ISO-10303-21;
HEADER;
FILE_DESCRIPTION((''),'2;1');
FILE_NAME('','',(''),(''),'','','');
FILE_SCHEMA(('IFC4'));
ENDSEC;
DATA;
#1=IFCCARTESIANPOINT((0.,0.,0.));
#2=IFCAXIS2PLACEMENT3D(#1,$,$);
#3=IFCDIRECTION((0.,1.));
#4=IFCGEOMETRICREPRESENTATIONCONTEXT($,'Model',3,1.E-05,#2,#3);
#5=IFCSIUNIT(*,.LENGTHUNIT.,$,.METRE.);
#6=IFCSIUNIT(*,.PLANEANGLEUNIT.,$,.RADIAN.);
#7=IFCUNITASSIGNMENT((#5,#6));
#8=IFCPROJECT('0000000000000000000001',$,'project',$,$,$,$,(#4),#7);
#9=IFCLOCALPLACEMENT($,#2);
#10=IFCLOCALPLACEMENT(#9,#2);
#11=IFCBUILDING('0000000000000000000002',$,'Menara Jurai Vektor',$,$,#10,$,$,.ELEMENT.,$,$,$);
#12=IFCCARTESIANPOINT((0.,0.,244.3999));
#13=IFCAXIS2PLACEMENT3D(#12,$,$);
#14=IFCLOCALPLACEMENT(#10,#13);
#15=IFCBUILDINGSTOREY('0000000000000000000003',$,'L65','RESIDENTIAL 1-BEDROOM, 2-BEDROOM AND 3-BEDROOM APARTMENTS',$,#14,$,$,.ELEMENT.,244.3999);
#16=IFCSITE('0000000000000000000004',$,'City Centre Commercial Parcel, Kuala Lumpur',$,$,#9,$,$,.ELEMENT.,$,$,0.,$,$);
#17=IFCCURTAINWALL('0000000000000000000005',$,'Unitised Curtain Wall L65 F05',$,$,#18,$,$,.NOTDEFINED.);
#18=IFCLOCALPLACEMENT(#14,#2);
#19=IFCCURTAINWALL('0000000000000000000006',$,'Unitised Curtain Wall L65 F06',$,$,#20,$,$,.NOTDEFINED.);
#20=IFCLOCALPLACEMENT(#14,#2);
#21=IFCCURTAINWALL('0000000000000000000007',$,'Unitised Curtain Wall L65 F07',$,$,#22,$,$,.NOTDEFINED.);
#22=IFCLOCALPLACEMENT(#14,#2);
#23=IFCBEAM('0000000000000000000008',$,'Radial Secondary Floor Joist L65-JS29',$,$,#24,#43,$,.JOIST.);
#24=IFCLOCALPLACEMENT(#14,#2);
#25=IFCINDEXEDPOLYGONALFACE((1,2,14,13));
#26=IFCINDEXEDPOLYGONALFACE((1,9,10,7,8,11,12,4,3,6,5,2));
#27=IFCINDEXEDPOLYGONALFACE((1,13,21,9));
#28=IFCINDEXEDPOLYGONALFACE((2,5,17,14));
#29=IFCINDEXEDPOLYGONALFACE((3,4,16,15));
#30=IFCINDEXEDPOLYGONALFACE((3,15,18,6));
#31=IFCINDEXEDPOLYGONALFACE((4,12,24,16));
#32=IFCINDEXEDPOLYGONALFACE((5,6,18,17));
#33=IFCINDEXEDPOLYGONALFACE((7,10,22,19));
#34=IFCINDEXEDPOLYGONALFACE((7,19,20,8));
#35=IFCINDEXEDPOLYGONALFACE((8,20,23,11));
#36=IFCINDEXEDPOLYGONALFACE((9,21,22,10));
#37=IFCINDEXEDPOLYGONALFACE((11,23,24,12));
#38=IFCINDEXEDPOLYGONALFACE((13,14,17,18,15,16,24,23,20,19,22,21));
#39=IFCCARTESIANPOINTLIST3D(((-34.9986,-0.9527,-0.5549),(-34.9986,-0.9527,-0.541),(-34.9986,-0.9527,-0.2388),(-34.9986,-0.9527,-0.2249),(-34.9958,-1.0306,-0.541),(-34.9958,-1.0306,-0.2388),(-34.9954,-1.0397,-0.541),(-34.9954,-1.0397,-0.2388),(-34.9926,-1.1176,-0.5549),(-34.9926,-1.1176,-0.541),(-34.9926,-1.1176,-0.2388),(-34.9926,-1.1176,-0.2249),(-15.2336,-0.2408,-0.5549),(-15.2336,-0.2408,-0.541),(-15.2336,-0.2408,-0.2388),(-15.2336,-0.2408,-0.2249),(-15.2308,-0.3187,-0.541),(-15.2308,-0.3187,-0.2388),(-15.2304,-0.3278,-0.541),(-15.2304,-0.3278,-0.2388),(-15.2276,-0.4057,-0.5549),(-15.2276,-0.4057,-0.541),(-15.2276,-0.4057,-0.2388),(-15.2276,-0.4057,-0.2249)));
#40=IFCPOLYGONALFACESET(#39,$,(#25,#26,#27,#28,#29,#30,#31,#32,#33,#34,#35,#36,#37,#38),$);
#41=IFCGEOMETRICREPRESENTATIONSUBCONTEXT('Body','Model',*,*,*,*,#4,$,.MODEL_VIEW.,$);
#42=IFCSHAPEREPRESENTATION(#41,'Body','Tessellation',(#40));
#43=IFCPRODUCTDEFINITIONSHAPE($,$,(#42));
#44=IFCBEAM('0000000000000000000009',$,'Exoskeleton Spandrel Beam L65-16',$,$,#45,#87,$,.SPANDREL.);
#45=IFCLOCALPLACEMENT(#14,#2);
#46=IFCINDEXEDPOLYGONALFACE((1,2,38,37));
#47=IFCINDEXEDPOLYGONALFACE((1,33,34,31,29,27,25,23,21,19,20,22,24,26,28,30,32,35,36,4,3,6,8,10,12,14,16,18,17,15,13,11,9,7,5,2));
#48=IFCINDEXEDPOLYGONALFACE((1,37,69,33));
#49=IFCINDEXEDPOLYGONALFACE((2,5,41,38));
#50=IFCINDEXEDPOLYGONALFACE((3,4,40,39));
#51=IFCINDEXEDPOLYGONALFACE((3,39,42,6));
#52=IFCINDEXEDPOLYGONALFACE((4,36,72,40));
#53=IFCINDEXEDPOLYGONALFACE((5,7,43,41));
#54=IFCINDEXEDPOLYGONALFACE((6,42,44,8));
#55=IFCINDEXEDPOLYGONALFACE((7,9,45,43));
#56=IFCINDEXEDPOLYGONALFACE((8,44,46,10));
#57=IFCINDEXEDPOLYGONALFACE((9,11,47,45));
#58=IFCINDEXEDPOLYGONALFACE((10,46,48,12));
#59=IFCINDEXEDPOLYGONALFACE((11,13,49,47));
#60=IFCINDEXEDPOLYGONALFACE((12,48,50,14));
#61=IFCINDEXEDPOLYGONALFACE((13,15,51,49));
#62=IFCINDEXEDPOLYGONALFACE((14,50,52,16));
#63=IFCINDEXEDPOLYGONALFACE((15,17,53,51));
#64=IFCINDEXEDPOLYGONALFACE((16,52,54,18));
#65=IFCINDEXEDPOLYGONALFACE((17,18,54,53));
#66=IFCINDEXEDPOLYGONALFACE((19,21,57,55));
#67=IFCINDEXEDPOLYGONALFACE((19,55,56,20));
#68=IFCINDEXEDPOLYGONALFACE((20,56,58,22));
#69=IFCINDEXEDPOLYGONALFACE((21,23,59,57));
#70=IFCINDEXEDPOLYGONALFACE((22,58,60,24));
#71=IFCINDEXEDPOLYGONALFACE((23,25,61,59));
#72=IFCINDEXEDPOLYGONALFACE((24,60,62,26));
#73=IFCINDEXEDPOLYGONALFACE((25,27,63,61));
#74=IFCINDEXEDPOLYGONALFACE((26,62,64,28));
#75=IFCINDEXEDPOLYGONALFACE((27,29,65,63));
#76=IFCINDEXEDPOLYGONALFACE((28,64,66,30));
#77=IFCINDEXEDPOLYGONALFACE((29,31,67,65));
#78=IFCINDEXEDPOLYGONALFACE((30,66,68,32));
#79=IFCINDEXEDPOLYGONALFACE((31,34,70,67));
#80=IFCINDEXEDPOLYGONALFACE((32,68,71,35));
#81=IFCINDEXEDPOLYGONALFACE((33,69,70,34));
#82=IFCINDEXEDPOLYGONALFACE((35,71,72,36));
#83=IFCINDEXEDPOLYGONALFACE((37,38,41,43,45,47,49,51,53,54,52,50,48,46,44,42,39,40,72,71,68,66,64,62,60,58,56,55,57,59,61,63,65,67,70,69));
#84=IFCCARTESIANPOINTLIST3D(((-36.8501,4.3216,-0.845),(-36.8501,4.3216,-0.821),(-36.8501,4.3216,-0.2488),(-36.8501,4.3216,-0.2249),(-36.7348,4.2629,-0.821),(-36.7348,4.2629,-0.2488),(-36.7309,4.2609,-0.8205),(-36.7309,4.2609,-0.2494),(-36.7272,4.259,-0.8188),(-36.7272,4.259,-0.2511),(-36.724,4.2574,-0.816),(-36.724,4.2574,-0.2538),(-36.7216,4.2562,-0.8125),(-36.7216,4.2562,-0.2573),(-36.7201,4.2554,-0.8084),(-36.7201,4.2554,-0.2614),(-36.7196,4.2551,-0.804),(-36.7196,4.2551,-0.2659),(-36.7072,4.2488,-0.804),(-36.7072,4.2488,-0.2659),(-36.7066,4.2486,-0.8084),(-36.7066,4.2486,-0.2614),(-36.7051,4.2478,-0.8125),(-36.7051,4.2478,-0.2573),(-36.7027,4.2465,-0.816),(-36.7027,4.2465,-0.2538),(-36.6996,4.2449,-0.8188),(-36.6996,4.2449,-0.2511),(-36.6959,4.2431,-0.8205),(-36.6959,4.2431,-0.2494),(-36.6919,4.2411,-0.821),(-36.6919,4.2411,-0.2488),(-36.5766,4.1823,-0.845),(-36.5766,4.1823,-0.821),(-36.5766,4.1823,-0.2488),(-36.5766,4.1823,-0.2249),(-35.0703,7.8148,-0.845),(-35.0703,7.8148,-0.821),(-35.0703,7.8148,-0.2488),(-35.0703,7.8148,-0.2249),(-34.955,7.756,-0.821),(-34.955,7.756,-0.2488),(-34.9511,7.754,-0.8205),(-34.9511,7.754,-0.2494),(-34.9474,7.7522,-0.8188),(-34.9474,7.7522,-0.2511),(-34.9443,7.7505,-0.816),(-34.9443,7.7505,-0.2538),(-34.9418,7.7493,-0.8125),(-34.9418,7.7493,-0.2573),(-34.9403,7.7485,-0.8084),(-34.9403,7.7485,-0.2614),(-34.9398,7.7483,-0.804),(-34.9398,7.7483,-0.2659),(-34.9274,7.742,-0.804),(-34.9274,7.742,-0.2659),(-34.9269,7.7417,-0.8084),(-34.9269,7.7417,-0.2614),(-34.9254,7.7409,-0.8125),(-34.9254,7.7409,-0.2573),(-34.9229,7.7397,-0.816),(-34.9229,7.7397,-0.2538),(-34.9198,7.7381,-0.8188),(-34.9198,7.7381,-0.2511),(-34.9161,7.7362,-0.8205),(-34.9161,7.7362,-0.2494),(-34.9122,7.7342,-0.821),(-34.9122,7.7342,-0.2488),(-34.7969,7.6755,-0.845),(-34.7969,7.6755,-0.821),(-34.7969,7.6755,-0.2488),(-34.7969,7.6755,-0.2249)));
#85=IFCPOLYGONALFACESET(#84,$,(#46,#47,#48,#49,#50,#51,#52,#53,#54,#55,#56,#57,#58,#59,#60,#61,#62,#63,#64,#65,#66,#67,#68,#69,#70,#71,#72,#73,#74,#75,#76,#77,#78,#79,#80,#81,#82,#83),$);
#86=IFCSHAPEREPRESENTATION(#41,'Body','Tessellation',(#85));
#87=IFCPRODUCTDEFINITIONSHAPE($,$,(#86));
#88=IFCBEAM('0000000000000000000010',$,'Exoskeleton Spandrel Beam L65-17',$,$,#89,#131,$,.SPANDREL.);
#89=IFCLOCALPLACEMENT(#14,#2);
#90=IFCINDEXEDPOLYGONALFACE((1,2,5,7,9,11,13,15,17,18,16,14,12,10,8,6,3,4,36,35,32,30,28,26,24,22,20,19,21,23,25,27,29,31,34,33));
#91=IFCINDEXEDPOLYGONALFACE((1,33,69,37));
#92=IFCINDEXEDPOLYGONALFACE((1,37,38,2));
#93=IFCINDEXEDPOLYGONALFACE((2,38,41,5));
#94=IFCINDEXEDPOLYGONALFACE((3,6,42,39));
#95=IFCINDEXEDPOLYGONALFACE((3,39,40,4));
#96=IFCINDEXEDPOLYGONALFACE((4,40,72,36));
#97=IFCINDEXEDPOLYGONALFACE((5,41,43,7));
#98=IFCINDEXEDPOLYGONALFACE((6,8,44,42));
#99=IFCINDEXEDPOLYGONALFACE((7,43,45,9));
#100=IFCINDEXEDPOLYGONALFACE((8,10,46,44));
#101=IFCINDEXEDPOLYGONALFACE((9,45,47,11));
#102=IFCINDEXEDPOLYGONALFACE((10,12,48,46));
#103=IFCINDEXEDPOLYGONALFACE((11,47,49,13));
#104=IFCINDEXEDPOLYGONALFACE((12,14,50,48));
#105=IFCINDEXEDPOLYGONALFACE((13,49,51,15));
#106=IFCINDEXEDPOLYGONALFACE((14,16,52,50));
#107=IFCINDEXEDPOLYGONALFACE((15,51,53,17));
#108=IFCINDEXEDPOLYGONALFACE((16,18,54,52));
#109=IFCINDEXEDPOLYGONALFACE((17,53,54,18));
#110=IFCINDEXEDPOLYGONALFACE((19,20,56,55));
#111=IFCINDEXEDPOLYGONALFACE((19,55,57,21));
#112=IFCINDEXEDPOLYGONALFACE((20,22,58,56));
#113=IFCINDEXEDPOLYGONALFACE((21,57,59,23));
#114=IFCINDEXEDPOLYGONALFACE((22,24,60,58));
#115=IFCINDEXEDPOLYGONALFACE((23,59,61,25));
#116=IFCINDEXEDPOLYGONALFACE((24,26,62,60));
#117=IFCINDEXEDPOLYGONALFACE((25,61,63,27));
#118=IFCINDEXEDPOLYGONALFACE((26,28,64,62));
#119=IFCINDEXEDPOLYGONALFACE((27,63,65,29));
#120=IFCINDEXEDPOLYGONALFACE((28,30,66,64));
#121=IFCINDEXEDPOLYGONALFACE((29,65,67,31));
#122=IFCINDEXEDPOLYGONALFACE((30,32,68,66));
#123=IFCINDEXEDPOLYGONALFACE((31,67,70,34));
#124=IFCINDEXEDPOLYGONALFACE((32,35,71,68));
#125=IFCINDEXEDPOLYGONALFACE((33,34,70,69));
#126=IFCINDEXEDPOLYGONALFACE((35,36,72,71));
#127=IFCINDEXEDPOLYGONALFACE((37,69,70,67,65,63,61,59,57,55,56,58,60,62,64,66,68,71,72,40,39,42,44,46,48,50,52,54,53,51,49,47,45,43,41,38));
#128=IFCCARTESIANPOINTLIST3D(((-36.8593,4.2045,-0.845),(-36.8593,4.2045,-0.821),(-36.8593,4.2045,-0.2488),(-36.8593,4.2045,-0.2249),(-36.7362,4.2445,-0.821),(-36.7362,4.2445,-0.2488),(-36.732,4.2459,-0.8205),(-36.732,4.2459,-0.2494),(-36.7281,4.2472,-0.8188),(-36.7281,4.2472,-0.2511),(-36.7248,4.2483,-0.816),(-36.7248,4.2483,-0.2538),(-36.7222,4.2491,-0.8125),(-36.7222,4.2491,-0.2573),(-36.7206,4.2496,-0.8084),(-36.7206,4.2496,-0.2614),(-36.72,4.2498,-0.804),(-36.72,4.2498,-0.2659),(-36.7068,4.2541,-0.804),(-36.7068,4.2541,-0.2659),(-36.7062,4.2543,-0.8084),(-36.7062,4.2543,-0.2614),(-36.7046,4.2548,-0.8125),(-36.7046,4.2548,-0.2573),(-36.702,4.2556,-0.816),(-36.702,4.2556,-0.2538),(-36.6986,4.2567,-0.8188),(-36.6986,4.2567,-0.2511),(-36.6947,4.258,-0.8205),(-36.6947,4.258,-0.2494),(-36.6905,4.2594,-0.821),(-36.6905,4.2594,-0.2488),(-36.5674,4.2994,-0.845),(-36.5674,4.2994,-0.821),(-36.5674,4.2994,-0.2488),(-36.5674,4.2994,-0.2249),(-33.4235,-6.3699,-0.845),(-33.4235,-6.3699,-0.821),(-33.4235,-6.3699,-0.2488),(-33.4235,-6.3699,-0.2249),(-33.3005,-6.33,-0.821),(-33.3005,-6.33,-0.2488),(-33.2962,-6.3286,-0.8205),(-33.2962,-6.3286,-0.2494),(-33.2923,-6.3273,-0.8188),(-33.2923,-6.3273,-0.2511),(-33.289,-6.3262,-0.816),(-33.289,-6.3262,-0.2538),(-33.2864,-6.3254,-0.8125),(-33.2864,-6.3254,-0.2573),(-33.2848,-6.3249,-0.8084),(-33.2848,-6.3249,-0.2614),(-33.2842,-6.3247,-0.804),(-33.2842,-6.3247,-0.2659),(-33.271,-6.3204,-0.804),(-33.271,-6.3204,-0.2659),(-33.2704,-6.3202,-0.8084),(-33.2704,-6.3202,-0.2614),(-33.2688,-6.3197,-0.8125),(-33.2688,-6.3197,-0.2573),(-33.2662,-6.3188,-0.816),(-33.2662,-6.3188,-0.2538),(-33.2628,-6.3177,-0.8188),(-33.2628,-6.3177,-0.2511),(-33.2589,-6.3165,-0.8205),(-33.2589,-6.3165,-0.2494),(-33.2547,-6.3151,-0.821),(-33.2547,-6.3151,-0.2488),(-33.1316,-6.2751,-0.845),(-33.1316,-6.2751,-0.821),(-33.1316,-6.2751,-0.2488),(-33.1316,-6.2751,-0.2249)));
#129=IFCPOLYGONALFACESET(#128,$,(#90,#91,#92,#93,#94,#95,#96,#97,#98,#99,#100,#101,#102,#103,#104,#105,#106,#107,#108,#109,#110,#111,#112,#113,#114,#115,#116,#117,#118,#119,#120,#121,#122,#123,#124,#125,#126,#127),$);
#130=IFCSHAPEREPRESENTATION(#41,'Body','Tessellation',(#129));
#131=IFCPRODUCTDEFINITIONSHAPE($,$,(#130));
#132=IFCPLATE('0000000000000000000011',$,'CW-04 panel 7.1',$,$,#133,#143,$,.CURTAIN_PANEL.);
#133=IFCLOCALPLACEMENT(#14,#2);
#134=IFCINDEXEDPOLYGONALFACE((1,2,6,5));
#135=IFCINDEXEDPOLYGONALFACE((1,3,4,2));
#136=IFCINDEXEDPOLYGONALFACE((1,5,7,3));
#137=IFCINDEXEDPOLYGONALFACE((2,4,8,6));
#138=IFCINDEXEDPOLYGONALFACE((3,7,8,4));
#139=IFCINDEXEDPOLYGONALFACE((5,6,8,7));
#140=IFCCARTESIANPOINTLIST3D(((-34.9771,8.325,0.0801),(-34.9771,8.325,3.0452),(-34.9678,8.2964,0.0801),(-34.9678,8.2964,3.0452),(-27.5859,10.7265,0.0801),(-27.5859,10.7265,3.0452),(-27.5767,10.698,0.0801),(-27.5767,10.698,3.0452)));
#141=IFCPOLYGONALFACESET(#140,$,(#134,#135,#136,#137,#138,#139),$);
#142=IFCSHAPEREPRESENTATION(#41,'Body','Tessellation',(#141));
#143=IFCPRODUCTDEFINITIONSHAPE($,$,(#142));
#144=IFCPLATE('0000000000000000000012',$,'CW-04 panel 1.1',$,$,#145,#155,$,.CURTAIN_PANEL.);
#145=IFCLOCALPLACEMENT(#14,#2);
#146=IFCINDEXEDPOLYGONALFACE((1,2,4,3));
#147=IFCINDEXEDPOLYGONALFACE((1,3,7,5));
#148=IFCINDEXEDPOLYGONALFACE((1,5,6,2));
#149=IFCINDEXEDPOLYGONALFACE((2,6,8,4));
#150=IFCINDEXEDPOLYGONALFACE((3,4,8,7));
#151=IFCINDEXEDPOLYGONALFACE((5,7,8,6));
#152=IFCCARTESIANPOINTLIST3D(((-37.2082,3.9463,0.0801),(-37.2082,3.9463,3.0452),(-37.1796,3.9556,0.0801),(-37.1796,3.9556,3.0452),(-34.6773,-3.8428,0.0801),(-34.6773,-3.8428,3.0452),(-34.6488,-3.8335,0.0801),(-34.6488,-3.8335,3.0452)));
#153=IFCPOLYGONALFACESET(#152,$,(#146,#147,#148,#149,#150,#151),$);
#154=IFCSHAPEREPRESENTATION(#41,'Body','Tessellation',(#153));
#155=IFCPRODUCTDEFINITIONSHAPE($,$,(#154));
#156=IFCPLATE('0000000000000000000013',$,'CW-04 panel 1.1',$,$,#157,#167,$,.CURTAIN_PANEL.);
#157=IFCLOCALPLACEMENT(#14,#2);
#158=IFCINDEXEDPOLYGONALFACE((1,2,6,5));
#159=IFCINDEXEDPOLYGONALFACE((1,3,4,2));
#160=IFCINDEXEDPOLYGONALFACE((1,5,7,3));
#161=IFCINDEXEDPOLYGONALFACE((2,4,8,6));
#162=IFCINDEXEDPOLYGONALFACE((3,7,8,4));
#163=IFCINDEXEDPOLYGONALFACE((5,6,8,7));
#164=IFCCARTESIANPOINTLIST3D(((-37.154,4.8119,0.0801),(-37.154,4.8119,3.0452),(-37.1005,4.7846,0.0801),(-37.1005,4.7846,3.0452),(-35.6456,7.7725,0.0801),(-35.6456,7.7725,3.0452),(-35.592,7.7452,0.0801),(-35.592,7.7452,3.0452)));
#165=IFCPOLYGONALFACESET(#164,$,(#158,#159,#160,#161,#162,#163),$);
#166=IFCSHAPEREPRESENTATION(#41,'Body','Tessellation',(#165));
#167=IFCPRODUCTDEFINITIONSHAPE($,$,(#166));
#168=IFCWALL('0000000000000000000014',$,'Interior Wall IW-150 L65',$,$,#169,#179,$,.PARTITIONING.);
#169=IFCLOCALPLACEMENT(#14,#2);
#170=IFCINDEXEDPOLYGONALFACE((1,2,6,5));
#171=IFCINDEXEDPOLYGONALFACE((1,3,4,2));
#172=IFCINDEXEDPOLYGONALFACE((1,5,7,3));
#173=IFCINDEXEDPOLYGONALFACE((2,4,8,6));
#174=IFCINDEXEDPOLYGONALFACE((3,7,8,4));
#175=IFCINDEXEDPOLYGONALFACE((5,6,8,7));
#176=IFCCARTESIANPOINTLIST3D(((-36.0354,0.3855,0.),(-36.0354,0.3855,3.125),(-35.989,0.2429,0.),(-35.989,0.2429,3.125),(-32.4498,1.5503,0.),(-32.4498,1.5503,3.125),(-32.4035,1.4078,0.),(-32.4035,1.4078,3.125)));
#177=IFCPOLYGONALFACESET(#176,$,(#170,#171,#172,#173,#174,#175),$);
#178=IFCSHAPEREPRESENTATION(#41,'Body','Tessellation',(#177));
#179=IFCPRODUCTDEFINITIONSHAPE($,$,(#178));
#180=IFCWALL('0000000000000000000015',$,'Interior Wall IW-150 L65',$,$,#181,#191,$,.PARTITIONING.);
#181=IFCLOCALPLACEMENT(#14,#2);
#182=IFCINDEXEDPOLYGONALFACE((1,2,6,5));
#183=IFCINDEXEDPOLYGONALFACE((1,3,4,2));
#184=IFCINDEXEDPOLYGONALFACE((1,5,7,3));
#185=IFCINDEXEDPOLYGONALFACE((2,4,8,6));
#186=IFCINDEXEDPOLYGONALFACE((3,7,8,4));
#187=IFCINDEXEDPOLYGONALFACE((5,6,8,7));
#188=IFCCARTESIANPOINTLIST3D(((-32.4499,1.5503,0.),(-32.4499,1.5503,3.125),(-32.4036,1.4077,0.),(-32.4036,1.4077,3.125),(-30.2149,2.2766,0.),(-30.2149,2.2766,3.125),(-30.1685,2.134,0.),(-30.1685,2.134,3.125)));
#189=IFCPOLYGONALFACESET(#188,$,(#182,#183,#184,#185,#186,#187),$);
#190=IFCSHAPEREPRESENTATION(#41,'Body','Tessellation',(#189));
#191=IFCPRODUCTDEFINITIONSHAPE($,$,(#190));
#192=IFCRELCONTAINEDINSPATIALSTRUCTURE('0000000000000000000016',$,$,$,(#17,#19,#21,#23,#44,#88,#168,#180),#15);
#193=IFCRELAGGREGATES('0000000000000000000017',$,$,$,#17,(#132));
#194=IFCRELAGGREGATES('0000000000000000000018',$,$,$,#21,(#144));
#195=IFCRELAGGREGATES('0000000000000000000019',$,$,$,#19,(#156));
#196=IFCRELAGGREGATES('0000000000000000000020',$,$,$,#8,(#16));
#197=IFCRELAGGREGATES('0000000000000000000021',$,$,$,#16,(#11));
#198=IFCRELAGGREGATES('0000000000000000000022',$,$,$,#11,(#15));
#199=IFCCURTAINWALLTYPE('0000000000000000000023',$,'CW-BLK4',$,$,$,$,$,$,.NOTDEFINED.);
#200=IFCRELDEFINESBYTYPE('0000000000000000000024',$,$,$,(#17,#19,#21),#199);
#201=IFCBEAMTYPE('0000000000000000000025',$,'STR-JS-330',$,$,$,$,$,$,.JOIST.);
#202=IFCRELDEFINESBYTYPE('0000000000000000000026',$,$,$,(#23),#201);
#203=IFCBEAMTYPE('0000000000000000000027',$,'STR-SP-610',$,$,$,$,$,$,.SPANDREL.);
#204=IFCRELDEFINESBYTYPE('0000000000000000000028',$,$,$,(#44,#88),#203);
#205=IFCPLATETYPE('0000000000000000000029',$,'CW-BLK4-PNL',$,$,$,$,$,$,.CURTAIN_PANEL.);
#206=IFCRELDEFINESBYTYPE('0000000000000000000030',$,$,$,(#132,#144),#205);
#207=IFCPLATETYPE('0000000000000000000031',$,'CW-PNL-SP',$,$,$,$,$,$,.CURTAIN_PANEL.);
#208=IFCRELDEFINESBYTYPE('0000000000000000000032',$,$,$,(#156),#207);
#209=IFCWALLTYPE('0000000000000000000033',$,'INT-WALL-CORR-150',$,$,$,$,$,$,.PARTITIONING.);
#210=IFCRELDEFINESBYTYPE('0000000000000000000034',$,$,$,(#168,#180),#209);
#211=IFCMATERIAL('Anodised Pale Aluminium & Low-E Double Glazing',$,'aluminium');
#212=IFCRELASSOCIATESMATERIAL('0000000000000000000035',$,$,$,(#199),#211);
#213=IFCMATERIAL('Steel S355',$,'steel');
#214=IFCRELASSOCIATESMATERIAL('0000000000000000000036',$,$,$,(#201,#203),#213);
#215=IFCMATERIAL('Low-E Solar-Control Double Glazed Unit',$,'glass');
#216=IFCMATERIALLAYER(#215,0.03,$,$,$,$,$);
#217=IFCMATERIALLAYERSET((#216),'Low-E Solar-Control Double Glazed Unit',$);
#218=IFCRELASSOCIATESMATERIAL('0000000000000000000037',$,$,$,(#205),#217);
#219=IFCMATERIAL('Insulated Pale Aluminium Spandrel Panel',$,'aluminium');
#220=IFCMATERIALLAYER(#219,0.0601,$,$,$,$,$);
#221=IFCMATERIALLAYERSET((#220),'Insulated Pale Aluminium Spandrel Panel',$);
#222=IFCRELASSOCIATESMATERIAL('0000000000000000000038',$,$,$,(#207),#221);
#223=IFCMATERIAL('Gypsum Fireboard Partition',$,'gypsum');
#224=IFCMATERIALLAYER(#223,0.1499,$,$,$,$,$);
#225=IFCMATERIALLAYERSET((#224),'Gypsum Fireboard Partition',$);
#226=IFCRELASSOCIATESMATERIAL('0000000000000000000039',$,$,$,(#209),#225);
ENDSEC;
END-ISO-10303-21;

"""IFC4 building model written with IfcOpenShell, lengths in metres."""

from ifc_helpers import new_model, si_unit, direction, frame, frame_2d, origin, origin_2d, place, context, subcontext, project, spatial, rectangle, i_section, extrude, material, layer, layer_set, material_profile, profile_set, type_object, element, aggregate, save


model = new_model("IFC4")

# Units and contexts
model_context = context("Model", 3, precision=1e-05, world=origin(), true_north=direction((0.0, 1.0)))
body_context = subcontext(model_context, "Body", "Model", "MODEL_VIEW")
ifc_project = project(units=[si_unit("LENGTHUNIT", "METRE"), si_unit("PLANEANGLEUNIT", "RADIAN")], contexts=[model_context])

# Site, building, storey
site_placement = place(None, origin())
site = spatial("IfcSite", under=ifc_project, at=site_placement, Name="City Centre Commercial Parcel, Kuala Lumpur", CompositionType="ELEMENT", RefElevation=0.0)
building_placement = place(site_placement, origin())
building = spatial("IfcBuilding", under=site, at=building_placement, Name="Menara Jurai Vektor", CompositionType="ELEMENT")
storey_placement = place(building_placement, frame((0.0, 0.0, 244.3999)))
storey = spatial("IfcBuildingStorey", under=building, at=storey_placement, Name="L65", Description="RESIDENTIAL 1-BEDROOM, 2-BEDROOM AND 3-BEDROOM APARTMENTS", CompositionType="ELEMENT", Elevation=244.3999)

# Curtain wall
ifc_material_1 = material(Name="Anodised Pale Aluminium & Low-E Double Glazing", Category="aluminium")
curtain_wall_type = type_object("IfcCurtainWallType", Name="CW-BLK4", PredefinedType="NOTDEFINED", material=ifc_material_1)
curtain_wall_1_placement = place(storey_placement, origin())
curtain_wall_1 = element("IfcCurtainWall", 1, at=curtain_wall_1_placement, inside=storey, type_object=curtain_wall_type, Name="Unitised Curtain Wall L65 F05", PredefinedType="NOTDEFINED")

# Curtain wall
curtain_wall_2_placement = place(storey_placement, origin())
curtain_wall_2 = element("IfcCurtainWall", 2, at=curtain_wall_2_placement, inside=storey, type_object=curtain_wall_type, Name="Unitised Curtain Wall L65 F06", PredefinedType="NOTDEFINED")

# Curtain wall
curtain_wall_3_placement = place(storey_placement, origin())
curtain_wall_3 = element("IfcCurtainWall", 3, at=curtain_wall_3_placement, inside=storey, type_object=curtain_wall_type, Name="Unitised Curtain Wall L65 F07", PredefinedType="NOTDEFINED")

# Shared definitions
ifc_material_2 = material(Name="Steel S355", Category="steel")

# Beams
ifc_material_profile_1 = material_profile(ifc_material_2, i_section(OverallWidth=0.165, OverallDepth=0.3301, WebThickness=0.009, FlangeThickness=0.0139, at=origin_2d()), Name="PG 330x165x46")
ifc_profile_set_1 = profile_set([ifc_material_profile_1], Name="Steel S355")
beam_type_1 = type_object("IfcBeamType", Name="STR-JS-330", PredefinedType="JOIST", material=ifc_profile_set_1)
beam_1_placement = place(storey_placement, frame((-34.9956, -1.0352, -0.3899), z_axis=(0.999352, 0.035995, 0.0), x_axis=(-0.035995, 0.999352, 0.0)))
element("IfcBeam", 4, at=beam_1_placement, inside=storey, type_object=beam_type_1, Name="Radial Secondary Floor Joist L65-JS29", PredefinedType="JOIST", context=body_context, shape_type="SweptSolid", body=[
    extrude(i_section(OverallWidth=0.165, OverallDepth=0.3301, WebThickness=0.009, FlangeThickness=0.0139, at=origin_2d()), origin(), (0.0, 0.0, 1.0), 19.7778),
])
ifc_material_profile_2 = material_profile(ifc_material_2, i_section(OverallWidth=0.3069, OverallDepth=0.6201, WebThickness=0.0139, FlangeThickness=0.0239, FilletRadius=0.0171, at=origin_2d()), Name="UKB 610x305x179")
ifc_profile_set_2 = profile_set([ifc_material_profile_2], Name="Steel S355")
beam_type_2 = type_object("IfcBeamType", Name="STR-SP-610", PredefinedType="SPANDREL", material=ifc_profile_set_2)
beam_2_placement = place(storey_placement, frame((-34.9336, 7.7451, -0.5349), z_axis=(-0.453976, -0.891014, 0.0), x_axis=(0.891014, -0.453976, 0.0)))
element("IfcBeam", 5, at=beam_2_placement, inside=storey, type_object=beam_type_2, Name="Exoskeleton Spandrel Beam L65-16", PredefinedType="SPANDREL", context=body_context, shape_type="SweptSolid", body=[
    extrude(i_section(OverallWidth=0.3069, OverallDepth=0.6201, WebThickness=0.0139, FlangeThickness=0.0239, FilletRadius=0.0171, at=origin_2d()), origin(), (0.0, 0.0, 1.0), 3.9204),
])
beam_3_placement = place(storey_placement, frame((-36.7134, 4.252, -0.5349), z_axis=(0.309012, -0.951058, 0.0), x_axis=(0.951058, 0.309012, 0.0)))
element("IfcBeam", 6, at=beam_3_placement, inside=storey, type_object=beam_type_2, Name="Exoskeleton Spandrel Beam L65-17", PredefinedType="SPANDREL", context=body_context, shape_type="SweptSolid", body=[
    extrude(i_section(OverallWidth=0.3069, OverallDepth=0.6201, WebThickness=0.0139, FlangeThickness=0.0239, FilletRadius=0.0171, at=origin_2d()), origin(), (0.0, 0.0, 1.0), 11.1187),
])

# Plates
ifc_material_3 = material(Name="Low-E Solar-Control Double Glazed Unit", Category="glass")
ifc_layer_1 = layer(ifc_material_3, 0.03)
ifc_layer_set_1 = layer_set([ifc_layer_1], Name="Low-E Solar-Control Double Glazed Unit")
plate_type_1 = type_object("IfcPlateType", Name="CW-BLK4-PNL", PredefinedType="CURTAIN_PANEL", material=ifc_layer_set_1)
plate_1_placement = place(storey_placement, frame((-31.2769, 9.5115, 0.0801), z_axis=(0.0, 0.0, 1.0), x_axis=(-0.951056, -0.309017, 0.0)))
plate_1 = element("IfcPlate", 7, at=plate_1_placement, type_object=plate_type_1, Name="CW-04 panel 7.1", PredefinedType="CURTAIN_PANEL", context=body_context, shape_type="SweptSolid", body=[
    extrude(rectangle(XDim=7.7715, YDim=0.03, at=origin_2d()), origin(), (0.0, 0.0, 1.0), 2.9651),
])
aggregate(curtain_wall_1, [plate_1])
plate_2_placement = place(storey_placement, frame((-35.9285, 0.0564, 0.0801), z_axis=(0.0, 0.0, 1.0), x_axis=(0.309016, -0.951057, 0.0)))
plate_2 = element("IfcPlate", 8, at=plate_2_placement, type_object=plate_type_1, Name="CW-04 panel 1.1", PredefinedType="CURTAIN_PANEL", context=body_context, shape_type="SweptSolid", body=[
    extrude(rectangle(XDim=8.1899, YDim=0.03, at=origin_2d()), origin(), (0.0, 0.0, 1.0), 2.9651),
])
aggregate(curtain_wall_3, [plate_2])
ifc_material_4 = material(Name="Insulated Pale Aluminium Spandrel Panel", Category="aluminium")
ifc_layer_2 = layer(ifc_material_4, 0.0601)
ifc_layer_set_2 = layer_set([ifc_layer_2], Name="Insulated Pale Aluminium Spandrel Panel")
plate_type_2 = type_object("IfcPlateType", Name="CW-PNL-SP", PredefinedType="CURTAIN_PANEL", material=ifc_layer_set_2)
plate_3_placement = place(storey_placement, frame((-36.373, 6.2786, 0.0801), z_axis=(0.0, 0.0, 1.0), x_axis=(-0.453989, -0.891008, 0.0)))
plate_3 = element("IfcPlate", 9, at=plate_3_placement, type_object=plate_type_2, Name="CW-04 panel 1.1", PredefinedType="CURTAIN_PANEL", context=body_context, shape_type="SweptSolid", body=[
    extrude(rectangle(XDim=3.3228, YDim=0.0601, at=origin_2d()), origin(), (0.0, 0.0, 1.0), 2.9651),
])
aggregate(curtain_wall_2, [plate_3])

# Walls
ifc_material_5 = material(Name="Gypsum Fireboard Partition", Category="gypsum")
ifc_layer_3 = layer(ifc_material_5, 0.1499)
ifc_layer_set_3 = layer_set([ifc_layer_3], Name="Gypsum Fireboard Partition")
wall_type = type_object("IfcWallType", Name="INT-WALL-CORR-150", PredefinedType="PARTITIONING", material=ifc_layer_set_3)
wall_1_placement = place(storey_placement, frame((-36.0122, 0.3142, 0.0), z_axis=(0.0, 0.0, 1.0), x_axis=(0.951071, 0.308972, 0.0)))
element("IfcWall", 10, at=wall_1_placement, inside=storey, type_object=wall_type, Name="Interior Wall IW-150 L65", PredefinedType="PARTITIONING", context=body_context, shape_type="SweptSolid", body=[
    extrude(rectangle(XDim=3.77, YDim=0.1499, at=frame_2d((1.885, 0.0))), origin(), (0.0, 0.0, 1.0), 3.125),
])
wall_2_placement = place(storey_placement, frame((-32.4268, 1.479, 0.0), z_axis=(0.0, 0.0, 1.0), x_axis=(0.951046, 0.309051, 0.0)))
element("IfcWall", 11, at=wall_2_placement, inside=storey, type_object=wall_type, Name="Interior Wall IW-150 L65", PredefinedType="PARTITIONING", context=body_context, shape_type="SweptSolid", body=[
    extrude(rectangle(XDim=2.3501, YDim=0.1499, at=frame_2d((1.175, 0.0))), origin(), (0.0, 0.0, 1.0), 3.125),
])

save(model, "model.ifc")
